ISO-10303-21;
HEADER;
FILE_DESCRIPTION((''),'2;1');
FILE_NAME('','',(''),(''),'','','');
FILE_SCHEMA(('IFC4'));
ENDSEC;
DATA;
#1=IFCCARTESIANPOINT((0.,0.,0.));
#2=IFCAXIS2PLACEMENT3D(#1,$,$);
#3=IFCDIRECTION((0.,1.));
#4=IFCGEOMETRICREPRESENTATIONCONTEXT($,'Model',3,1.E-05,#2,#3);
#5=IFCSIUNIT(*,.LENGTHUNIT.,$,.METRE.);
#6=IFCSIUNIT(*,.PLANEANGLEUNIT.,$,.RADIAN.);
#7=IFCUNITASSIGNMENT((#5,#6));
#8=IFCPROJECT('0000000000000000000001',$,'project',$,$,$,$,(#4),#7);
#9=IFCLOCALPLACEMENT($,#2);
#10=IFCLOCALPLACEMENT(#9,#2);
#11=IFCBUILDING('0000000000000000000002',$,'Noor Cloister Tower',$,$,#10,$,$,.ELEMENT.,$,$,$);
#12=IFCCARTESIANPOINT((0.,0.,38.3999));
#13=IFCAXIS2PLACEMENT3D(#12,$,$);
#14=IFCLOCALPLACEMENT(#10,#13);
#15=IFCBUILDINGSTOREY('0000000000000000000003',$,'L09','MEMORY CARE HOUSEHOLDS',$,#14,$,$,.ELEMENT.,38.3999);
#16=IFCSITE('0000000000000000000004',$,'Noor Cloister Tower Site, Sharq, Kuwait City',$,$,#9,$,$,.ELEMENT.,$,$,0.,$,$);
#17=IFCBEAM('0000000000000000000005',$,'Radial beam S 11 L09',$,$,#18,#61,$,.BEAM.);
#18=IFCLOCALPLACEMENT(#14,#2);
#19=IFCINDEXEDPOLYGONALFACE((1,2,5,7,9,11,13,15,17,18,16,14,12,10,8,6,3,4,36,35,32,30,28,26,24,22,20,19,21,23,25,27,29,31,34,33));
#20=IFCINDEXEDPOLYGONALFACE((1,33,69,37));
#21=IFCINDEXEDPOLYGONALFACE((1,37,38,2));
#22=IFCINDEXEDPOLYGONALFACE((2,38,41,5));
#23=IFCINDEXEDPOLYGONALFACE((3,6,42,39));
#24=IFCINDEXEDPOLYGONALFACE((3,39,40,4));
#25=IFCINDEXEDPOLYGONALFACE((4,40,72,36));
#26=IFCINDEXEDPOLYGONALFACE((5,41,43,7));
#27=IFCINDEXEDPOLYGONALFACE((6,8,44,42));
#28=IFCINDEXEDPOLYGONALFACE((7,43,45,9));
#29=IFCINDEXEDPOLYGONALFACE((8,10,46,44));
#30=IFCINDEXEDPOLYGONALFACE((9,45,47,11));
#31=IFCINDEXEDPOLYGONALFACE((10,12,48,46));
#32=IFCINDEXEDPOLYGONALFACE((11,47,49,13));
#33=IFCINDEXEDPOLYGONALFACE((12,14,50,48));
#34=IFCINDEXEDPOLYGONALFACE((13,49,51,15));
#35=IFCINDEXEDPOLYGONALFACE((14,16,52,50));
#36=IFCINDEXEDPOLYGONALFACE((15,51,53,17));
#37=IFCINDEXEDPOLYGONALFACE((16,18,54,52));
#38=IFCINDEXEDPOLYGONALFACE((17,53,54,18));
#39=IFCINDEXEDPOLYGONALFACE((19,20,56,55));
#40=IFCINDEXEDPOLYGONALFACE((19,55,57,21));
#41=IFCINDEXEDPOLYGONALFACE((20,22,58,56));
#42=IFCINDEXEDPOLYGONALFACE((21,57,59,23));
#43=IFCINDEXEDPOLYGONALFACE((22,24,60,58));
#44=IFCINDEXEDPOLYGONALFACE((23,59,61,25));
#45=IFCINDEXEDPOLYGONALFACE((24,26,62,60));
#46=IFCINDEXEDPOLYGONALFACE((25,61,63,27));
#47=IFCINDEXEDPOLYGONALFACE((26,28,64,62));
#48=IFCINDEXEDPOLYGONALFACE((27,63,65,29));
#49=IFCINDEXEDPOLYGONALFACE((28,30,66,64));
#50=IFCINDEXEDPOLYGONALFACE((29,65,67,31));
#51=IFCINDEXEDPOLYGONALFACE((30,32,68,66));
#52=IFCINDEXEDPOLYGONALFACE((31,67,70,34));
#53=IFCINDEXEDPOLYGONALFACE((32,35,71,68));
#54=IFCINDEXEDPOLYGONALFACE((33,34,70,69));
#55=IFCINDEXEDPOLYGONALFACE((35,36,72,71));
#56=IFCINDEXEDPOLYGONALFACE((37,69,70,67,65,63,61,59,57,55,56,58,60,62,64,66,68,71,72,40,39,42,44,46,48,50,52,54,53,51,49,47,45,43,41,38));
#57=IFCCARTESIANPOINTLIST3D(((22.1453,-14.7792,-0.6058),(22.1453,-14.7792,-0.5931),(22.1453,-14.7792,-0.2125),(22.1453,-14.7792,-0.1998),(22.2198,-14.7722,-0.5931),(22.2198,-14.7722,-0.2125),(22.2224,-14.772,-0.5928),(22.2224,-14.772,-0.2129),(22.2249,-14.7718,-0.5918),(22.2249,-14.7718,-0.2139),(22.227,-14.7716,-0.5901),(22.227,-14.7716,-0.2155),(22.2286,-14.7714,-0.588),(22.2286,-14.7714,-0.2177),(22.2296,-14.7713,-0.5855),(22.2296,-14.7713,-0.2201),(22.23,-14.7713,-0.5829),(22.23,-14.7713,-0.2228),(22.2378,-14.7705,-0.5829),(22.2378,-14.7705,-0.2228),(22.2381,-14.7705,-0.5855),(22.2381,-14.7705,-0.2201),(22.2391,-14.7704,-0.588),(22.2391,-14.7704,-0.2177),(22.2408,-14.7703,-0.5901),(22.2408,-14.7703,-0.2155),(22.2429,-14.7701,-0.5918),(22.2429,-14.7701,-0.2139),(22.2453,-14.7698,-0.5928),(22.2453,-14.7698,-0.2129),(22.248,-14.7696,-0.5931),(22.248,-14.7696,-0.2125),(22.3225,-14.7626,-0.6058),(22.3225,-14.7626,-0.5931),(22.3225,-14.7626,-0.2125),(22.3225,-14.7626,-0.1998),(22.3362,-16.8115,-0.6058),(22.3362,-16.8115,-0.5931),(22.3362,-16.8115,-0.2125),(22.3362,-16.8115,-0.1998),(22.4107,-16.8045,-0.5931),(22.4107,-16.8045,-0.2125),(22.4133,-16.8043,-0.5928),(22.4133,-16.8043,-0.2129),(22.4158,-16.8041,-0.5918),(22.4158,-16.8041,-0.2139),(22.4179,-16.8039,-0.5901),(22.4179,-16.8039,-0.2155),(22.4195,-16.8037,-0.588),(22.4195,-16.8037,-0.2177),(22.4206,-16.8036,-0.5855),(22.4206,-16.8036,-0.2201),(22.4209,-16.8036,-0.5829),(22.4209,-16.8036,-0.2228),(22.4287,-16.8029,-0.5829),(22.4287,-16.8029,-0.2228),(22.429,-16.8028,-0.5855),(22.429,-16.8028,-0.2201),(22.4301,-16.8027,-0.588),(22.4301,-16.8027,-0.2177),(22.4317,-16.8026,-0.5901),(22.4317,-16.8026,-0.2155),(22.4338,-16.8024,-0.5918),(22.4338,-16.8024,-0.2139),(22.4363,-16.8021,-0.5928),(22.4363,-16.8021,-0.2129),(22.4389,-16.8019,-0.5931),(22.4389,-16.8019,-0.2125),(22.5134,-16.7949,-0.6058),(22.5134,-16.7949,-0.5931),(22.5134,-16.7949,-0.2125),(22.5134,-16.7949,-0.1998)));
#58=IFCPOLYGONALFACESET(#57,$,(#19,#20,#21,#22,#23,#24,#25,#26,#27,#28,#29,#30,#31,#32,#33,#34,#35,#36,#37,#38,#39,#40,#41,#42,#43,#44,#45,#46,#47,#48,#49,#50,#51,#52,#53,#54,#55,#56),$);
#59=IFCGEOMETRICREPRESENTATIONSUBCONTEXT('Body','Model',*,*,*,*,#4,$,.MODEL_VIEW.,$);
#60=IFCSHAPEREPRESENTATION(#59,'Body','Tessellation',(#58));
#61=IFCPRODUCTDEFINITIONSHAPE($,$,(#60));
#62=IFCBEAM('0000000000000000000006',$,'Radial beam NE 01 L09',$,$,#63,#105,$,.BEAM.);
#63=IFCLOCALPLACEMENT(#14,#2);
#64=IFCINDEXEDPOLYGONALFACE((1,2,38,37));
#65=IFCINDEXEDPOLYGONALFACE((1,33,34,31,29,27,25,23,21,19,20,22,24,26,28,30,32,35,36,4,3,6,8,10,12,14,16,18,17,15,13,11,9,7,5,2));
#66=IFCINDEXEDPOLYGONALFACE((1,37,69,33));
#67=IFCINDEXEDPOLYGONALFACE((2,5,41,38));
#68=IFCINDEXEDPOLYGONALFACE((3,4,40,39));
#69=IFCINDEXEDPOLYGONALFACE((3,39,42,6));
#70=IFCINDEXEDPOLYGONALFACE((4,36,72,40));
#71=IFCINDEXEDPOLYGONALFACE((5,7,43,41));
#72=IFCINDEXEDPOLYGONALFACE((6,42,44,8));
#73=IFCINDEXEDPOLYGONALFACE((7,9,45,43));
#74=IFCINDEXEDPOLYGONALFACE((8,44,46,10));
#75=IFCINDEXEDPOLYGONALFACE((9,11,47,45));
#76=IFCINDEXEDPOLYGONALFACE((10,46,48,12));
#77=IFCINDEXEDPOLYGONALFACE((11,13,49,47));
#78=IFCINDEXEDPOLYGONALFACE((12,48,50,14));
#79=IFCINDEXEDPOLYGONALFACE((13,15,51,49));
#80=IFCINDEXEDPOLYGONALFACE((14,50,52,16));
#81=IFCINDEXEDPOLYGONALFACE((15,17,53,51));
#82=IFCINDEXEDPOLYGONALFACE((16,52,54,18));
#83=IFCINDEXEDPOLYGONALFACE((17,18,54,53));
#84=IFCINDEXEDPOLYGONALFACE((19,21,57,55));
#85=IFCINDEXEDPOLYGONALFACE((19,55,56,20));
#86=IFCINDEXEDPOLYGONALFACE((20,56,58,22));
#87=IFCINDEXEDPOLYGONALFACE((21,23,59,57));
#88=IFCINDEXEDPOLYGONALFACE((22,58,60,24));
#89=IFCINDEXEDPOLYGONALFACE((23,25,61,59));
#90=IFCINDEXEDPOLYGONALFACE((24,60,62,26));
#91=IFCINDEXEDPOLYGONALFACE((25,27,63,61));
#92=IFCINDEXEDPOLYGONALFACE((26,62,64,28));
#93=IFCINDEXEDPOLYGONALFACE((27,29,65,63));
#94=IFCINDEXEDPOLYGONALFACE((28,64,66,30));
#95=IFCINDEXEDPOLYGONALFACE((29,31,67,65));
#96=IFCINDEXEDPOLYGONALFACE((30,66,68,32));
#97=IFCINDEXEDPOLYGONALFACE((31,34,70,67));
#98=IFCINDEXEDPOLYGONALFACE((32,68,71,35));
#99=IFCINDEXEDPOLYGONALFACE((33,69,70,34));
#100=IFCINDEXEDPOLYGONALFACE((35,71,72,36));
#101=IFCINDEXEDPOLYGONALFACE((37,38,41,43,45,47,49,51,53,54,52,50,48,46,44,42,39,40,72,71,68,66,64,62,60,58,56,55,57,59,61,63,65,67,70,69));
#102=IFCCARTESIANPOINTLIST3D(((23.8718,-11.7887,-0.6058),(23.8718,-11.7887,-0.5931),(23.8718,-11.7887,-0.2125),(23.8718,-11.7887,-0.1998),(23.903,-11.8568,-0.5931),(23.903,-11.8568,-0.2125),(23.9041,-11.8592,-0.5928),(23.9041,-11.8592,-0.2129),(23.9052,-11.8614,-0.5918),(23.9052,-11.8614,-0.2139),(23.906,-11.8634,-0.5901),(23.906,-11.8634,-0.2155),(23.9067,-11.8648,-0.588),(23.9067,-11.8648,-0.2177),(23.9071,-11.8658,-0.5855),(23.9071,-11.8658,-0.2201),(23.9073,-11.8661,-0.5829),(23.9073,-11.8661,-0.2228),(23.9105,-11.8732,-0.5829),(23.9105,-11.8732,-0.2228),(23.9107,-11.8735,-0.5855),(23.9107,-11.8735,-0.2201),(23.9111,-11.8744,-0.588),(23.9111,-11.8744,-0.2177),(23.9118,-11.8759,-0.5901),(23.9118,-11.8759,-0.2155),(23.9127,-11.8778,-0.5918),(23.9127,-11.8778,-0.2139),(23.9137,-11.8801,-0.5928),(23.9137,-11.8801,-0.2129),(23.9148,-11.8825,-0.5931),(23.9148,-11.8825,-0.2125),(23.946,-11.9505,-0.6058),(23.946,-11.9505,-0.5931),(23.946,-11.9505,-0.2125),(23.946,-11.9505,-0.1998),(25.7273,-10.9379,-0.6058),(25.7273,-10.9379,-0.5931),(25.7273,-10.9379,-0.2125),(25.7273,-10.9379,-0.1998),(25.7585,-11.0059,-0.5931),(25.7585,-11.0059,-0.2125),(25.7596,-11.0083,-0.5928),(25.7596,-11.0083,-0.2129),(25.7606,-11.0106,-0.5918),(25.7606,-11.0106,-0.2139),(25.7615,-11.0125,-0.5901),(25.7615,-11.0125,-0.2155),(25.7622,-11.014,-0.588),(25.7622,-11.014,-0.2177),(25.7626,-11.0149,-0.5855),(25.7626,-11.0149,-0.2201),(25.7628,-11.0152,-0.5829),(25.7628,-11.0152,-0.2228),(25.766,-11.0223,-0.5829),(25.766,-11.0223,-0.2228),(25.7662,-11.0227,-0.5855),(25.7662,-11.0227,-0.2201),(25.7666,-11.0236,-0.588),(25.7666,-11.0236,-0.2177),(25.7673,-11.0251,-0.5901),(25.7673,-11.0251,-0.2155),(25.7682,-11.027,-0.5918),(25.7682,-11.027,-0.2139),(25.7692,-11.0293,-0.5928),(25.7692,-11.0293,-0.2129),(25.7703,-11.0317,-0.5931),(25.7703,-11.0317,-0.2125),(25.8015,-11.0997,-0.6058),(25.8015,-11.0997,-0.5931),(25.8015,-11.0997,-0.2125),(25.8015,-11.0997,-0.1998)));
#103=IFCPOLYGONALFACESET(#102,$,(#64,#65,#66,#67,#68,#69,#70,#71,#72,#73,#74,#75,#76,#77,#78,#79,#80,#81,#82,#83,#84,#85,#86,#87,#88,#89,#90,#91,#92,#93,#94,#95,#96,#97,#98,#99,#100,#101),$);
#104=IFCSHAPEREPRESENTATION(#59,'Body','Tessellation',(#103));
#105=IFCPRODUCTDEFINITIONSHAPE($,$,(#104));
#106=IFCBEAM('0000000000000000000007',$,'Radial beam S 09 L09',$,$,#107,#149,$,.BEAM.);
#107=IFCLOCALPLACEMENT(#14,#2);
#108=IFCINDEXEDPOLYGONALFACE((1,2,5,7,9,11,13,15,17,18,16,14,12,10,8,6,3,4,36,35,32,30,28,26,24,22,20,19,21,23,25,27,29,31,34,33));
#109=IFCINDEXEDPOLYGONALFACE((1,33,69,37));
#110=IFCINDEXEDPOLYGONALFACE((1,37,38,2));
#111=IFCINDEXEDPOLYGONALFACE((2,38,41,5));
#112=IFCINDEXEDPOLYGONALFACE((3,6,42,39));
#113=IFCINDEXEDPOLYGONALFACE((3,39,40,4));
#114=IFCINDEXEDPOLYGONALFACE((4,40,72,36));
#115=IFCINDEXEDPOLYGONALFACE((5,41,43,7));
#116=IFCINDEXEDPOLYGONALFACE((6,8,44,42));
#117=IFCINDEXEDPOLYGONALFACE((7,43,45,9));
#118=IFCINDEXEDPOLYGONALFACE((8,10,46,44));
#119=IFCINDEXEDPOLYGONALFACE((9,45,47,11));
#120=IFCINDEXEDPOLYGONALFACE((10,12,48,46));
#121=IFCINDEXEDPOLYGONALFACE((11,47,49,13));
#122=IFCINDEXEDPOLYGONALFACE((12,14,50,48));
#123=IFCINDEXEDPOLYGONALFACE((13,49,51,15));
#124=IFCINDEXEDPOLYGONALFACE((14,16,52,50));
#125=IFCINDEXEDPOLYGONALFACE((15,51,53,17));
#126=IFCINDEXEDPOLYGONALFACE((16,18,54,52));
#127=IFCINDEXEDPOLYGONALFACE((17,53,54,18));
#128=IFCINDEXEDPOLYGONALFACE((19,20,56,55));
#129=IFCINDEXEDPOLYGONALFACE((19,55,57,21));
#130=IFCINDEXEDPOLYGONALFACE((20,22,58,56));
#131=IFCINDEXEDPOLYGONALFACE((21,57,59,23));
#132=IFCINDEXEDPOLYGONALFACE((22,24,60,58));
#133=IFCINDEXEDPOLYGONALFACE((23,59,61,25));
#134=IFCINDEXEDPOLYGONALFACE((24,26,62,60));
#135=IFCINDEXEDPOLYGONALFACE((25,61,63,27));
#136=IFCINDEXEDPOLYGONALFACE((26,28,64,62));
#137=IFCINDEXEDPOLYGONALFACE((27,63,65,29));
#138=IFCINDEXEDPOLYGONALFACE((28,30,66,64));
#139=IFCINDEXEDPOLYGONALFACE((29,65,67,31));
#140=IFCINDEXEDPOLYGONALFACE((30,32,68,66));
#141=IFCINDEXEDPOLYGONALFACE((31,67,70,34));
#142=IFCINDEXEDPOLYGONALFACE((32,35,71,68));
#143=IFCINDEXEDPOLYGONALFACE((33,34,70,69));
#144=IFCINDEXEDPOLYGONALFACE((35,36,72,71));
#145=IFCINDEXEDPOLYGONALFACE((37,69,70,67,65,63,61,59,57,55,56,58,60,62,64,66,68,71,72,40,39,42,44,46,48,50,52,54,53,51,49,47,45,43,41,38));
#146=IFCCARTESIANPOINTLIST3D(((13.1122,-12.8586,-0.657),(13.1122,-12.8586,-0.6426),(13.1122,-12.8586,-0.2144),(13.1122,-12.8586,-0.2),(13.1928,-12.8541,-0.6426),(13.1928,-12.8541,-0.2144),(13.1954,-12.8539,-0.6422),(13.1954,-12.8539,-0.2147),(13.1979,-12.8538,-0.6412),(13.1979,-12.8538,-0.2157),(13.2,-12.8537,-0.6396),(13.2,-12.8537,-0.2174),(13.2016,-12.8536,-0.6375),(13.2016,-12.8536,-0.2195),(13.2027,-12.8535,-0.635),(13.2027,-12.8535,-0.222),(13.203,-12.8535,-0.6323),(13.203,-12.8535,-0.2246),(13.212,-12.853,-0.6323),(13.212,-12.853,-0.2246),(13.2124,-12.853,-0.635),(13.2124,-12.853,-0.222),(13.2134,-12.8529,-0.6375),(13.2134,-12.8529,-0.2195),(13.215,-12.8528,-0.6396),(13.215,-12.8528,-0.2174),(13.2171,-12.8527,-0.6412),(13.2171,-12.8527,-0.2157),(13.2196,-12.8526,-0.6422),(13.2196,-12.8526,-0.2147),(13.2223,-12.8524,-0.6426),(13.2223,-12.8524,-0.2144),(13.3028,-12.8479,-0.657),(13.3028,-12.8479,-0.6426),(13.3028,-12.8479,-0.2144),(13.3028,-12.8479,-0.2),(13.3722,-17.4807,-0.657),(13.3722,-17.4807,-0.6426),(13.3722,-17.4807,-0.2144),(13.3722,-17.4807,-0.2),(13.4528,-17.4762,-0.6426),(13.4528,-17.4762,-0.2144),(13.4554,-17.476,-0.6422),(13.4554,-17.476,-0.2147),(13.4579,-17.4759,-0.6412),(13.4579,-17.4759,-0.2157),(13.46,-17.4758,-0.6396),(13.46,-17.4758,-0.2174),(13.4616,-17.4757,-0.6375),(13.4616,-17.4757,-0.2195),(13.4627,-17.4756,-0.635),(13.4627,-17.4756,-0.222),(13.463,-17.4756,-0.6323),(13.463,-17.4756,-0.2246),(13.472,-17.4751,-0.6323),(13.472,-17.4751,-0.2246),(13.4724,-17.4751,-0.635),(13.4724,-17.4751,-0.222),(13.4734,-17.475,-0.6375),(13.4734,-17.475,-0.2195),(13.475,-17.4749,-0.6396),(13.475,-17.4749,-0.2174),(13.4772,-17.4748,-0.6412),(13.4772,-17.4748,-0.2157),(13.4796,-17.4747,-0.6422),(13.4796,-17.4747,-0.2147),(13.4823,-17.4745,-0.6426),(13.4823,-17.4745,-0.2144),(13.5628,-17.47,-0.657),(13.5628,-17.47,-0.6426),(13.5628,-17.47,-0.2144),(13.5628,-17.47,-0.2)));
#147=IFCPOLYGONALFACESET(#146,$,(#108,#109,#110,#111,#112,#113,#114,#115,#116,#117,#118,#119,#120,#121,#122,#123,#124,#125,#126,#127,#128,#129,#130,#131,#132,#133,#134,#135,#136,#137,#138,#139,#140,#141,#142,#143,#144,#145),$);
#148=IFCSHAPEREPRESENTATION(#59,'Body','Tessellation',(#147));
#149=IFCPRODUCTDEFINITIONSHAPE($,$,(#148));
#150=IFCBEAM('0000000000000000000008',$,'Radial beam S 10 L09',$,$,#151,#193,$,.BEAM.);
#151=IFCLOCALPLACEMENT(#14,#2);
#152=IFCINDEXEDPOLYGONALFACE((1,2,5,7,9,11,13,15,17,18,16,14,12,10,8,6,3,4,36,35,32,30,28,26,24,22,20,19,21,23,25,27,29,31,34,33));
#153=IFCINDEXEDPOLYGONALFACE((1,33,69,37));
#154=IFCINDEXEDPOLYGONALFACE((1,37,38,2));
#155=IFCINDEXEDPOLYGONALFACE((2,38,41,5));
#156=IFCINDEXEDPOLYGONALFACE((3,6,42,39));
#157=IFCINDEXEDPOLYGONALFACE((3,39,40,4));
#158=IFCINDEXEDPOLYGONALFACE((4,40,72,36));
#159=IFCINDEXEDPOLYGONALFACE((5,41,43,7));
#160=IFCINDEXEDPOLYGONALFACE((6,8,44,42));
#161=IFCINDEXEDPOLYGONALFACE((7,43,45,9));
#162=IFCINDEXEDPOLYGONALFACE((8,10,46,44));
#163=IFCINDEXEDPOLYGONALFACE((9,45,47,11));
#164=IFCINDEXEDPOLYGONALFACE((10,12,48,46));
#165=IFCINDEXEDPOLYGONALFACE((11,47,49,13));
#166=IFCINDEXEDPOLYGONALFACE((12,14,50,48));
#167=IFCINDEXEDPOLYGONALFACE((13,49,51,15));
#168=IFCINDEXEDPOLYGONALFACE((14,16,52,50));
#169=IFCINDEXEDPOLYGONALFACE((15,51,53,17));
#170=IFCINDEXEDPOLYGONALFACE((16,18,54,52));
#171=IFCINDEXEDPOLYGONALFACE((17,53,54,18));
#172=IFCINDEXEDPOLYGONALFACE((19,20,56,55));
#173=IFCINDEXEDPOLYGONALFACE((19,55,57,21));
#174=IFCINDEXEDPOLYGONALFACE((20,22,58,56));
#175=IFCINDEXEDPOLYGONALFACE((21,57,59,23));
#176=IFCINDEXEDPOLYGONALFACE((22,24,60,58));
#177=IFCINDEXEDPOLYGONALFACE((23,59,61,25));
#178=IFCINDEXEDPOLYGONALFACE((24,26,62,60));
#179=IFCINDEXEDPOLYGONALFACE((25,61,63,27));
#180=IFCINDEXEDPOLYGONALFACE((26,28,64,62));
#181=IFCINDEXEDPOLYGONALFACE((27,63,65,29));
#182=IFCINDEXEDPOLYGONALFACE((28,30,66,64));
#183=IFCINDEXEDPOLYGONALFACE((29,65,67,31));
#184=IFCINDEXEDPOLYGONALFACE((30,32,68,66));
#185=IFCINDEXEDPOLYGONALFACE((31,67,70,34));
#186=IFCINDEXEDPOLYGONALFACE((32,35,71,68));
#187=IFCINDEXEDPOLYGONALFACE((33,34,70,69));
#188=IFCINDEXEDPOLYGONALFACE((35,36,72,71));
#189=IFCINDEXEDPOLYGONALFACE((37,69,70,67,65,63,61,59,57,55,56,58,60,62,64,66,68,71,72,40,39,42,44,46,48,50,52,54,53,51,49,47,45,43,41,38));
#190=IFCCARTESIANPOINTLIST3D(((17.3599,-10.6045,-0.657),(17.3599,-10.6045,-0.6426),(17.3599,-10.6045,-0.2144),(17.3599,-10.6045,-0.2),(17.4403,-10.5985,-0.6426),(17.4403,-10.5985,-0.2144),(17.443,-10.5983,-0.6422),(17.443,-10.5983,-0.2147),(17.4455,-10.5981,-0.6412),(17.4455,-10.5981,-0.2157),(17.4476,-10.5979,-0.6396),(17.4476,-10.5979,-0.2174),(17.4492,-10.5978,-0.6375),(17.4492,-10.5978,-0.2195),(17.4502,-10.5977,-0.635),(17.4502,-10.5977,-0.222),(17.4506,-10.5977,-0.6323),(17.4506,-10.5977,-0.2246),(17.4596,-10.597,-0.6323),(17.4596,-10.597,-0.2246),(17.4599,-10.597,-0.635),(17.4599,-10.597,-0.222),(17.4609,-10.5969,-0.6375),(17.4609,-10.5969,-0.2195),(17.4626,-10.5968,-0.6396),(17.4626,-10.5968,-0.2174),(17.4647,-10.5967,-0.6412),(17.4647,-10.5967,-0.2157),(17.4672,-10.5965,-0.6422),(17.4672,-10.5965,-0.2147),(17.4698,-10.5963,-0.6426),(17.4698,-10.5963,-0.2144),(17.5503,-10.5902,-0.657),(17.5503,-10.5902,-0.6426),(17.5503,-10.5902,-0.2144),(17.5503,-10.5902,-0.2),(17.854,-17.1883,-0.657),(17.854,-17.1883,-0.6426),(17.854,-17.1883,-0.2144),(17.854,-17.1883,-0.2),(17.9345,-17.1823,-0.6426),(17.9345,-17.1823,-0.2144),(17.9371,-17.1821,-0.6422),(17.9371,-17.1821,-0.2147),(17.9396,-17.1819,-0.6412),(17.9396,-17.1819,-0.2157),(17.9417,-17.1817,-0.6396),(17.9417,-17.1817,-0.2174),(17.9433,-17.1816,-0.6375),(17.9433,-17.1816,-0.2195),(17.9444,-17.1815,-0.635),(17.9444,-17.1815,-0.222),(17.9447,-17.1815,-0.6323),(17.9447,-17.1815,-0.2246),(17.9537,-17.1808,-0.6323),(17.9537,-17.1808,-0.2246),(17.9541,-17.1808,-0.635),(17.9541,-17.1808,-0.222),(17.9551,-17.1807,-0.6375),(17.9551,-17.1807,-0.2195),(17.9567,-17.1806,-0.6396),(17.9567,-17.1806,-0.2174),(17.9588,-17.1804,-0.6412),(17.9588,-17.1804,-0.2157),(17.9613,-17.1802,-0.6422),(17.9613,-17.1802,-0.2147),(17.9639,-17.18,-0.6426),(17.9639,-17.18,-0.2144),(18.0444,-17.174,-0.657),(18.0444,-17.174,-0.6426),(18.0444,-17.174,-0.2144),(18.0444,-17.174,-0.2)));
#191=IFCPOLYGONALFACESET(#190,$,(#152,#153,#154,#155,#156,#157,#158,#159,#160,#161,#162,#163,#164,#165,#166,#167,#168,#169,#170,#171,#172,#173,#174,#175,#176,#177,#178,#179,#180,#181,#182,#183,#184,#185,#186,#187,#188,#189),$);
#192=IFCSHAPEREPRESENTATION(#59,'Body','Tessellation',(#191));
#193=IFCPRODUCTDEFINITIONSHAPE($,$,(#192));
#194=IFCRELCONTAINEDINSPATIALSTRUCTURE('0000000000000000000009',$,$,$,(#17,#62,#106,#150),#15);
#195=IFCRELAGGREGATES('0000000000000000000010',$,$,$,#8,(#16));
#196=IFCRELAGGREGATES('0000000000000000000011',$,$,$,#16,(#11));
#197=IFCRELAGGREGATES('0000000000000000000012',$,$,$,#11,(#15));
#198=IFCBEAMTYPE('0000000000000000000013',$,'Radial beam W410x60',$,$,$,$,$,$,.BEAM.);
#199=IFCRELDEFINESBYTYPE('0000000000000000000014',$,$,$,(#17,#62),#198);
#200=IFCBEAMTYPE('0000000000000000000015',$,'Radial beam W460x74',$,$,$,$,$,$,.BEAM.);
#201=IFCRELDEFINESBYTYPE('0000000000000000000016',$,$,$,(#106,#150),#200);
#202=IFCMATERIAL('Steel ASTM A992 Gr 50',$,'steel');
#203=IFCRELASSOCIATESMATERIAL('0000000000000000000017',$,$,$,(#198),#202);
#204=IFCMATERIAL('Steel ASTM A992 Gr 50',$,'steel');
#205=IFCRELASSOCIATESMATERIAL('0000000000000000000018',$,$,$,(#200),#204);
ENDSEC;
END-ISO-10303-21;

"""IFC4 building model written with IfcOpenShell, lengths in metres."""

from ifc_helpers import new_model, si_unit, direction, frame, origin, origin_2d, place, context, subcontext, project, spatial, i_section, extrude, material, material_profile, profile_set, type_object, element, save


model = new_model("IFC4")

# Units and contexts
model_context = context("Model", 3, precision=1e-05, world=origin(), true_north=direction((0.0, 1.0)))
body_context = subcontext(model_context, "Body", "Model", "MODEL_VIEW")
ifc_project = project(units=[si_unit("LENGTHUNIT", "METRE"), si_unit("PLANEANGLEUNIT", "RADIAN")], contexts=[model_context])

# Site, building, storey
site_placement = place(None, origin())
site = spatial("IfcSite", under=ifc_project, at=site_placement, Name="Noor Cloister Tower Site, Sharq, Kuwait City", CompositionType="ELEMENT", RefElevation=0.0)
building_placement = place(site_placement, origin())
building = spatial("IfcBuilding", under=site, at=building_placement, Name="Noor Cloister Tower", CompositionType="ELEMENT")
storey_placement = place(building_placement, frame((0.0, 0.0, 38.3999)))
storey = spatial("IfcBuildingStorey", under=building, at=storey_placement, Name="L09", Description="MEMORY CARE HOUSEHOLDS", CompositionType="ELEMENT", Elevation=38.3999)

# Beams
ifc_material_1 = material(Name="Steel ASTM A992 Gr 50", Category="steel")
ifc_material_profile_1 = material_profile(ifc_material_1, i_section(OverallWidth=0.178, OverallDepth=0.406, WebThickness=0.0078, FlangeThickness=0.0127, FilletRadius=0.0103, at=origin_2d()), Name="W410x60")
ifc_profile_set_1 = profile_set([ifc_material_profile_1], Name="Steel ASTM A992 Gr 50")
beam_type_1 = type_object("IfcBeamType", Name="Radial beam W410x60", PredefinedType="BEAM", material=ifc_profile_set_1)
for number, where, z_axis, x_axis, name in (
    (1, (22.4248, -16.8032, -0.4028), (-0.093533, 0.995616, 0.0), (-0.995616, -0.093533, 0.0), "Radial beam S 11 L09"),
    (2, (25.7644, -11.0188, -0.4028), (-0.908989, -0.416819, 0.0), (0.416819, -0.908989, 0.0), "Radial beam NE 01 L09"),
):
    element("IfcBeam", number, at=place(storey_placement, frame(where, z_axis=z_axis, x_axis=x_axis)), inside=storey, type_object=beam_type_1, Name=name, PredefinedType="BEAM", context=body_context, shape_type="SweptSolid", body=[
        extrude(i_section(OverallWidth=0.178, OverallDepth=0.406, WebThickness=0.0078, FlangeThickness=0.0127, FilletRadius=0.0103, at=origin_2d()), origin(), (0.0, 0.0, 1.0), 2.0413),
    ])
ifc_material_2 = material(Name="Steel ASTM A992 Gr 50", Category="steel")
ifc_material_profile_2 = material_profile(ifc_material_2, i_section(OverallWidth=0.1909, OverallDepth=0.457, WebThickness=0.009, FlangeThickness=0.0144, FilletRadius=0.0103, at=origin_2d()), Name="W460x74")
ifc_profile_set_2 = profile_set([ifc_material_profile_2], Name="Steel ASTM A992 Gr 50")
beam_type_2 = type_object("IfcBeamType", Name="Radial beam W460x74", PredefinedType="BEAM", material=ifc_profile_set_2)
beam_1_placement = place(storey_placement, frame((13.4675, -17.4753, -0.4285), z_axis=(-0.056165, 0.998421, 0.0), x_axis=(-0.998421, -0.056165, 0.0)))
element("IfcBeam", 3, at=beam_1_placement, inside=storey, type_object=beam_type_2, Name="Radial beam S 09 L09", PredefinedType="BEAM", context=body_context, shape_type="SweptSolid", body=[
    extrude(i_section(OverallWidth=0.1909, OverallDepth=0.457, WebThickness=0.009, FlangeThickness=0.0144, FilletRadius=0.0103, at=origin_2d()), origin(), (0.0, 0.0, 1.0), 4.6294),
])
beam_2_placement = place(storey_placement, frame((17.9492, -17.1812, -0.4285), z_axis=(-0.074844, 0.997195, 0.0), x_axis=(-0.997195, -0.074844, 0.0)))
element("IfcBeam", 4, at=beam_2_placement, inside=storey, type_object=beam_type_2, Name="Radial beam S 10 L09", PredefinedType="BEAM", context=body_context, shape_type="SweptSolid", body=[
    extrude(i_section(OverallWidth=0.1909, OverallDepth=0.457, WebThickness=0.009, FlangeThickness=0.0144, FilletRadius=0.0103, at=origin_2d()), origin(), (0.0, 0.0, 1.0), 6.6023),
])

save(model, "model.ifc")
